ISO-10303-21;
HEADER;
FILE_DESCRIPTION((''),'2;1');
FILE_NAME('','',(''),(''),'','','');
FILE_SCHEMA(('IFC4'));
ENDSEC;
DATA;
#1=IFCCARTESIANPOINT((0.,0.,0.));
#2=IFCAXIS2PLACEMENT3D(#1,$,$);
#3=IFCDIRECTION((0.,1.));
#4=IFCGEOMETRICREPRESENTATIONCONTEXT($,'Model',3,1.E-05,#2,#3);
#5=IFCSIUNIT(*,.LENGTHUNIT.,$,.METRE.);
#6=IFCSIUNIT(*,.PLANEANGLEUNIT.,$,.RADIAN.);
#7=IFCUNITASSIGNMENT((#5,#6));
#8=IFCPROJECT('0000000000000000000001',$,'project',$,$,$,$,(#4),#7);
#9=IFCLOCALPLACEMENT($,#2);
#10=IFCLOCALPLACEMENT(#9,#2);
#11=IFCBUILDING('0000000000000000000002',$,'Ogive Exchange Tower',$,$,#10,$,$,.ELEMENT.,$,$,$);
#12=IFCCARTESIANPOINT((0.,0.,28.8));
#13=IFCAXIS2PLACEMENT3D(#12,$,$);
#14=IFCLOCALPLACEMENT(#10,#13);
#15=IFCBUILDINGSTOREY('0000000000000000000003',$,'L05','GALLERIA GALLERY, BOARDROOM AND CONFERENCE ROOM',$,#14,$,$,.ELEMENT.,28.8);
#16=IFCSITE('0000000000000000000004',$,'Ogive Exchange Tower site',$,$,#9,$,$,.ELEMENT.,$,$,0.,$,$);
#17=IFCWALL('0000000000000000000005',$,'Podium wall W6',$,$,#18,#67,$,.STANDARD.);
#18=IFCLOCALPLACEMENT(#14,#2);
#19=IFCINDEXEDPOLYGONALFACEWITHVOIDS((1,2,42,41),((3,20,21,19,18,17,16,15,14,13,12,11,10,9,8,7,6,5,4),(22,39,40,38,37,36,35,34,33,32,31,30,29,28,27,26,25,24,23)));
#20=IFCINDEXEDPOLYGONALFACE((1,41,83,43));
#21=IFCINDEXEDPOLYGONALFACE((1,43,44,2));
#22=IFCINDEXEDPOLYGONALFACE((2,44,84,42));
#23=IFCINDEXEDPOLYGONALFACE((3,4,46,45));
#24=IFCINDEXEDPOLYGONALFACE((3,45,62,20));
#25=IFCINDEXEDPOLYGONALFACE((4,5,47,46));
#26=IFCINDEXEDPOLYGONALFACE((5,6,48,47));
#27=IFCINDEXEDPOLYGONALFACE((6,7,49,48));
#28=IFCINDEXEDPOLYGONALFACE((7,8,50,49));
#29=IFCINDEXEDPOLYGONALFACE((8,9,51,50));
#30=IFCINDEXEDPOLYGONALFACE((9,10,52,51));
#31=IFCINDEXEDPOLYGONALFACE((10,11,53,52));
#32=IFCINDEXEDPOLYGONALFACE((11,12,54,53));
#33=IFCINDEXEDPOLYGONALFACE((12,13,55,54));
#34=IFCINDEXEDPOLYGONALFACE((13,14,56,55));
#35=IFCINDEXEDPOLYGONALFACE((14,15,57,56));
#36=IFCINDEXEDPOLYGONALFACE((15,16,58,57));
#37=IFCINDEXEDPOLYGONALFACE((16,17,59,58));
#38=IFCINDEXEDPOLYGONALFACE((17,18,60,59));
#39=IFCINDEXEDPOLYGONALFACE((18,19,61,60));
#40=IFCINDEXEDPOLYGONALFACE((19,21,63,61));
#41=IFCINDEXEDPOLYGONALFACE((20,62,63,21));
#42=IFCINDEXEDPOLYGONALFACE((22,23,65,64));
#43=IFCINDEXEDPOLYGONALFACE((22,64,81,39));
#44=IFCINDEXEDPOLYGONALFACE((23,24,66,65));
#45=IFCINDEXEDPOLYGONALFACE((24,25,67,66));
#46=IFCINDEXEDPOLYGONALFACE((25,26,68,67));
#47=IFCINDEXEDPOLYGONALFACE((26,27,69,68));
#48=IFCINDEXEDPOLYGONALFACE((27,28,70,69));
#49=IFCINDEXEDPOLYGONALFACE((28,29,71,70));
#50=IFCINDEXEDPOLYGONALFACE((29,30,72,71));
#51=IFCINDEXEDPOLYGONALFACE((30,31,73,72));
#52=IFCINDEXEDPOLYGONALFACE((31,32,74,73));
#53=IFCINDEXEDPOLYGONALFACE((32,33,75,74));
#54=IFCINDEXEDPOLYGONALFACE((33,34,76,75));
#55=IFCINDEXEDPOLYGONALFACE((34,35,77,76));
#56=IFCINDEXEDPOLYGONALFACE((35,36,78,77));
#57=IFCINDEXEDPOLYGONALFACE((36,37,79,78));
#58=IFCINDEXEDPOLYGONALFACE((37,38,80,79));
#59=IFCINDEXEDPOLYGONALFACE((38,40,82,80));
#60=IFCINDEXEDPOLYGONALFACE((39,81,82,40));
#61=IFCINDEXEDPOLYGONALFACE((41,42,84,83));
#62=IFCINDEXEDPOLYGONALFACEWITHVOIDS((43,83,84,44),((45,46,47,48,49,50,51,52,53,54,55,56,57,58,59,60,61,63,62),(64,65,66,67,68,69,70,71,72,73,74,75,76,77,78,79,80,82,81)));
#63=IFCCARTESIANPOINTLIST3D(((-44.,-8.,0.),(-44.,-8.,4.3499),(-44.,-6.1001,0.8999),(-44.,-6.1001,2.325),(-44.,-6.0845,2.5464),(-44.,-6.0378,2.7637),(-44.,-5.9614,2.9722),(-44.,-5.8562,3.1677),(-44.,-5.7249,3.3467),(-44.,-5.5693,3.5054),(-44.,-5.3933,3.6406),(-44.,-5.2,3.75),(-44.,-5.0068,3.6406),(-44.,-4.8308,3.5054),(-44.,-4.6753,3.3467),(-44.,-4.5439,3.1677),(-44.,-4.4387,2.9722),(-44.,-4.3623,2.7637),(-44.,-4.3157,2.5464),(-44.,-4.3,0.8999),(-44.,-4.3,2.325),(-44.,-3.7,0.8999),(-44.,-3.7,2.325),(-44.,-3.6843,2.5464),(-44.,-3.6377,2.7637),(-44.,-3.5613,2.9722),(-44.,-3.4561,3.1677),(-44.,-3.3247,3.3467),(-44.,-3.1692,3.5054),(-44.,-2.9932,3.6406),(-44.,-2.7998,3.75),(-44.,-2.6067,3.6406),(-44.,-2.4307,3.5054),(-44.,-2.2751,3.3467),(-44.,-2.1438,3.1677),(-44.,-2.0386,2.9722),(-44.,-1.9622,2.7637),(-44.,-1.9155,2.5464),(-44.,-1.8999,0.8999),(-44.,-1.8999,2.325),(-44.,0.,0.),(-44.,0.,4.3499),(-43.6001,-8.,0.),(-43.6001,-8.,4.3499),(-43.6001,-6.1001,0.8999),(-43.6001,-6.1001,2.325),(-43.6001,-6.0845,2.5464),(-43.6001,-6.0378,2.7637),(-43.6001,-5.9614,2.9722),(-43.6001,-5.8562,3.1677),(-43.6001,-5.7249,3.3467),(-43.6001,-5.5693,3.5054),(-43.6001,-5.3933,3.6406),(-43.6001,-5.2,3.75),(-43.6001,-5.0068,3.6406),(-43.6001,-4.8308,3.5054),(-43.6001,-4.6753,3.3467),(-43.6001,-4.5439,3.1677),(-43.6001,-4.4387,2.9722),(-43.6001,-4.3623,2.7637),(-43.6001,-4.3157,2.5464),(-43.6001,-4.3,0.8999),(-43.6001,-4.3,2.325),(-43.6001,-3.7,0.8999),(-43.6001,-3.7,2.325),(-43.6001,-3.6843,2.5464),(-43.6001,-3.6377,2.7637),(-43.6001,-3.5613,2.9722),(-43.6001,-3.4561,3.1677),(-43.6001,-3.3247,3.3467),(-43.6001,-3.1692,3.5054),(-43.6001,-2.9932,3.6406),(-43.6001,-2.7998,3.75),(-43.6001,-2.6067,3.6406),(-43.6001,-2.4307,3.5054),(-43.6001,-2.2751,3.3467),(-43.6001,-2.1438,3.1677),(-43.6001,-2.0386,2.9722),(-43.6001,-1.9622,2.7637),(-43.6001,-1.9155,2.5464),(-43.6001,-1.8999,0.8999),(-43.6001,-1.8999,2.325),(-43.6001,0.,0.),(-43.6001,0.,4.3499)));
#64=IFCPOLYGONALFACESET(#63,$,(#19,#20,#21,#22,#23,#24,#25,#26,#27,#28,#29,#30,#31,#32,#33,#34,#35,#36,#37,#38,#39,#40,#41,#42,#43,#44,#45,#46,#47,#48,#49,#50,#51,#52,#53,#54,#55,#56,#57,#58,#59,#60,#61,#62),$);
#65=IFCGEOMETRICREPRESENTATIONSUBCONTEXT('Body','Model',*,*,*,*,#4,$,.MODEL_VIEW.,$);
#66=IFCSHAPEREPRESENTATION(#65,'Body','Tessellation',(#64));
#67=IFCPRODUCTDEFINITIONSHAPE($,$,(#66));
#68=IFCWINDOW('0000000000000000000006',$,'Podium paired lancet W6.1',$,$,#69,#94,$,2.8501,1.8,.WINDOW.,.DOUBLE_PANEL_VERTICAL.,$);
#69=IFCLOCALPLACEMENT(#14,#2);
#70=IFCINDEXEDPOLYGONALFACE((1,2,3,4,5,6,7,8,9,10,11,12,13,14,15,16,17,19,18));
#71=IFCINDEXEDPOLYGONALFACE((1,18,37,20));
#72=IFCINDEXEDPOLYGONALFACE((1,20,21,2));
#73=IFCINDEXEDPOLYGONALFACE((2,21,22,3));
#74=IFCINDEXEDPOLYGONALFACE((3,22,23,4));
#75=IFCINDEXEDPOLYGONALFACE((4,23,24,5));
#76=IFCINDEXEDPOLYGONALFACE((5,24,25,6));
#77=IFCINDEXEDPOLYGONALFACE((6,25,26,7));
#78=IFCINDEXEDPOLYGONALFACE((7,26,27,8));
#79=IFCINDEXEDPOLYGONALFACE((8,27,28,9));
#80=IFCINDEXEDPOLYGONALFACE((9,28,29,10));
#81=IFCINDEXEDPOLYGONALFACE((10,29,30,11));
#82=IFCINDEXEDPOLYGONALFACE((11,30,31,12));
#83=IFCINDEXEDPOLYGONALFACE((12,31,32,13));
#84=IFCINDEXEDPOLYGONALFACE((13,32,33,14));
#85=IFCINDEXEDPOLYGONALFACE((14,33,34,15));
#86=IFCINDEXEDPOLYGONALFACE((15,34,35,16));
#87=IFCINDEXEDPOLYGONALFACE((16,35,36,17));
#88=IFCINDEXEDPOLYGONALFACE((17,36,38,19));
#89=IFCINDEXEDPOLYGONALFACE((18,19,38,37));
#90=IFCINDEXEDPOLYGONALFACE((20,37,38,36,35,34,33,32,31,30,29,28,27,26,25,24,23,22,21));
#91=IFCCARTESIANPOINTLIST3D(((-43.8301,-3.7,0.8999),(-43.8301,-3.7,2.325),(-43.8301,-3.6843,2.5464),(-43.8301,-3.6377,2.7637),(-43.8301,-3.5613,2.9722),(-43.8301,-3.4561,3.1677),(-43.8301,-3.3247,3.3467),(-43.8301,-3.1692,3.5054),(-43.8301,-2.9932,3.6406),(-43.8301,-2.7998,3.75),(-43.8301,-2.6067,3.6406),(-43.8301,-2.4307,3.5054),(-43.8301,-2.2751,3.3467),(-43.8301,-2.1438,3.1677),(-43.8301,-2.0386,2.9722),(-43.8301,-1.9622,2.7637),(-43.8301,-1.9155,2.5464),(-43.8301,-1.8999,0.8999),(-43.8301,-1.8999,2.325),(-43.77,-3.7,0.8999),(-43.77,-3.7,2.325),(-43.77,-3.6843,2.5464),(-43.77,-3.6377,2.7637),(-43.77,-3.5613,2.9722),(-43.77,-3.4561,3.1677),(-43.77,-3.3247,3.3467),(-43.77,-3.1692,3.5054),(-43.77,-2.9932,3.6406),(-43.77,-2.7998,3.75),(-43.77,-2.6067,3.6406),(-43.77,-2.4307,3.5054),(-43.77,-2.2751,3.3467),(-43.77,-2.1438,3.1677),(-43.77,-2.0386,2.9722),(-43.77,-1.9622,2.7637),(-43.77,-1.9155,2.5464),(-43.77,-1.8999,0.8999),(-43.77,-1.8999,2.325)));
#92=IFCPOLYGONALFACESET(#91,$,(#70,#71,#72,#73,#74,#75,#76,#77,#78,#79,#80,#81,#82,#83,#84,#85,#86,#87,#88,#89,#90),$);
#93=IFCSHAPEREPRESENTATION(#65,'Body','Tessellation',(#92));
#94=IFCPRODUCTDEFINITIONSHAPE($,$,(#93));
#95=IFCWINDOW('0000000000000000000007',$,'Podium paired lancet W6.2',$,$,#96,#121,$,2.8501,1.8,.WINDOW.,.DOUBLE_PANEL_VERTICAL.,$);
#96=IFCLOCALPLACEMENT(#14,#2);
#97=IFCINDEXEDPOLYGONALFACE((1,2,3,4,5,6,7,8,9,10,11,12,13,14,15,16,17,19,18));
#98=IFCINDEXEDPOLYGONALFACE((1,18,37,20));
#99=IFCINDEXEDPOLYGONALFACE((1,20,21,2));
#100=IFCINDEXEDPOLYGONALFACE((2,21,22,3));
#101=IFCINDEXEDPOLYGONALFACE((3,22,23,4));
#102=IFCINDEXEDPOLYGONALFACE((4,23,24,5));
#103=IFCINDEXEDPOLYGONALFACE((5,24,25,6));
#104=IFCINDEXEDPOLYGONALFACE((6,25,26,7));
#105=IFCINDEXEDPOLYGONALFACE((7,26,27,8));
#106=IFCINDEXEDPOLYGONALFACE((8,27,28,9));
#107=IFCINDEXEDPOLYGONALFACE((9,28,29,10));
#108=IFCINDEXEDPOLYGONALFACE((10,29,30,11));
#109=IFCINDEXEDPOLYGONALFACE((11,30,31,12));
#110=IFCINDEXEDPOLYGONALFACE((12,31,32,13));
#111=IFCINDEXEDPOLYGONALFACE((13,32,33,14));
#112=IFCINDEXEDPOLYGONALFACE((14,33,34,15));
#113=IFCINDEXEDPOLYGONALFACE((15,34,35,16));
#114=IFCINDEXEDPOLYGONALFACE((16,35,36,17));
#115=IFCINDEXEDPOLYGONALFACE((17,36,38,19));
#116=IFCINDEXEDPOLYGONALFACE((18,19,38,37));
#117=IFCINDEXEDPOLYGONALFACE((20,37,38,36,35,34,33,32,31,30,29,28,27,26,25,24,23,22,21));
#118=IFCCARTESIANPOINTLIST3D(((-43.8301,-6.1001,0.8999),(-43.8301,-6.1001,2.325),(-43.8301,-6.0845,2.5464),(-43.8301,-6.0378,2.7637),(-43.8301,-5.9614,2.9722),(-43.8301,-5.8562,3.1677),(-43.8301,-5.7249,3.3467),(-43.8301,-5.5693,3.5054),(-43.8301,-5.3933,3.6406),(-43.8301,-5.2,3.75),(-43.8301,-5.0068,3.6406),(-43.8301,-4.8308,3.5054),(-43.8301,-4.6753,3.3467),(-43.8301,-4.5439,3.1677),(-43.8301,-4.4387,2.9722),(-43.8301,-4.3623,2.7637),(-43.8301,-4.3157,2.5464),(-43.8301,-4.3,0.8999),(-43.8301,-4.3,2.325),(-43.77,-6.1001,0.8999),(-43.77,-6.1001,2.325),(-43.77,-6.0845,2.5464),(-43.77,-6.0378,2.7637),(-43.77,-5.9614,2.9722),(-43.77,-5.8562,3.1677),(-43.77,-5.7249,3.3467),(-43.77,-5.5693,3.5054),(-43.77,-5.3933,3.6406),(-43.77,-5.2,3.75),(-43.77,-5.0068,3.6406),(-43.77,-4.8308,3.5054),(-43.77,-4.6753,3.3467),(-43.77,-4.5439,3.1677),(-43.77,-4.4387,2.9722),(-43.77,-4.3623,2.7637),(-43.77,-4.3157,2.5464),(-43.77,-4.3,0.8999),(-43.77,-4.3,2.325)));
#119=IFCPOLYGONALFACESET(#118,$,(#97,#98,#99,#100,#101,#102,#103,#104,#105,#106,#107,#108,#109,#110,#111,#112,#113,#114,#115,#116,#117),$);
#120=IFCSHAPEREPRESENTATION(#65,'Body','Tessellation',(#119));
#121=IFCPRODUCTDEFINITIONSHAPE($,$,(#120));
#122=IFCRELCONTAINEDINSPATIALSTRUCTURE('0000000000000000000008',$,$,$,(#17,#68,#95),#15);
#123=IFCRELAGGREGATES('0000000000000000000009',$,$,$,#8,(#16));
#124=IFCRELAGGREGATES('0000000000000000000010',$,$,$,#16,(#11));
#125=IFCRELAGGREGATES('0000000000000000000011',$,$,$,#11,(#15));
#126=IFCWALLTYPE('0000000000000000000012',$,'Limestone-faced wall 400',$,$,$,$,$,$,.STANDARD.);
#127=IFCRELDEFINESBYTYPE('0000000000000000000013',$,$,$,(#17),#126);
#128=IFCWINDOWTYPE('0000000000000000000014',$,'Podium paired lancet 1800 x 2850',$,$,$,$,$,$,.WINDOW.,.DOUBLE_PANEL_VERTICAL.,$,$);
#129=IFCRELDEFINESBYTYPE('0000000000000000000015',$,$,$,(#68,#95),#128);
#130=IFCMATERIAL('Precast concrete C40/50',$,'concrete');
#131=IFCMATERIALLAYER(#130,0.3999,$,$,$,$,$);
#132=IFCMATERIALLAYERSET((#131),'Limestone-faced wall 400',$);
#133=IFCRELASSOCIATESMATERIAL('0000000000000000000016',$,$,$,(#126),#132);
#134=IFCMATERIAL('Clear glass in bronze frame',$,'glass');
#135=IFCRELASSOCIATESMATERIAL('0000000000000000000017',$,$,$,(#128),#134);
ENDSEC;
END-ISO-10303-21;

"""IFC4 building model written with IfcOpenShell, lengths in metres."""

from ifc_helpers import new_model, si_unit, direction, frame, frame_2d, origin, place, context, subcontext, project, spatial, polyline, rectangle, outline, extrude, material, layer, layer_set, type_object, element, fill, save


model = new_model("IFC4")

# Units and contexts
model_context = context("Model", 3, precision=1e-05, world=origin(), true_north=direction((0.0, 1.0)))
body_context = subcontext(model_context, "Body", "Model", "MODEL_VIEW")
ifc_project = project(units=[si_unit("LENGTHUNIT", "METRE"), si_unit("PLANEANGLEUNIT", "RADIAN")], contexts=[model_context])

# Site, building, storey
site_placement = place(None, origin())
site = spatial("IfcSite", under=ifc_project, at=site_placement, Name="Ogive Exchange Tower site", CompositionType="ELEMENT", RefElevation=0.0)
building_placement = place(site_placement, origin())
building = spatial("IfcBuilding", under=site, at=building_placement, Name="Ogive Exchange Tower", CompositionType="ELEMENT")
storey_placement = place(building_placement, frame((0.0, 0.0, 28.8)))
storey = spatial("IfcBuildingStorey", under=building, at=storey_placement, Name="L05", Description="GALLERIA GALLERY, BOARDROOM AND CONFERENCE ROOM", CompositionType="ELEMENT", Elevation=28.8)

# Wall, openings, windows
ifc_material_1 = material(Name="Precast concrete C40/50", Category="concrete")
ifc_layer_1 = layer(ifc_material_1, 0.3999)
ifc_layer_set_1 = layer_set([ifc_layer_1], Name="Limestone-faced wall 400")
wall_type_1 = type_object("IfcWallType", Name="Limestone-faced wall 400", PredefinedType="STANDARD", material=ifc_layer_set_1)
wall_1_placement = place(storey_placement, frame((-43.8, 0.0, 0.0), z_axis=(0.0, 0.0, 1.0), x_axis=(0.0, -1.0, 0.0)))
wall_1 = element("IfcWall", 1, at=wall_1_placement, inside=storey, type_object=wall_type_1, Name="Podium wall W6", PredefinedType="STANDARD", context=body_context, shape_type="SweptSolid", body=[
    extrude(rectangle(XDim=8.0, YDim=0.3999, at=frame_2d((4.0, 0.0))), origin(), (0.0, 0.0, 1.0), 4.3499),
])
opening_1_placement = place(wall_1_placement, frame((1.8999, 0.0, 0.8999)))
opening_1 = element("IfcOpeningElement", 2, at=opening_1_placement, cuts=wall_1, PredefinedType="OPENING", context=body_context, shape_type="SweptSolid", body=[
    extrude(outline(polyline([(0.0, 0.0), (1.8, 0.0), (1.8, 1.425), (1.7844, 1.6465), (1.7378, 1.8638), (1.6614, 2.0723), (1.5562, 2.2678), (1.4248, 2.4468), (1.2693, 2.6055), (1.0933, 2.7407), (0.8999, 2.8501), (0.7068, 2.7407), (0.5308, 2.6055), (0.3752, 2.4468), (0.2439, 2.2678), (0.1387, 2.0723), (0.0623, 1.8638), (0.0156, 1.6465), (0.0, 1.425), (0.0, 0.0)])), frame((0.0, 0.21, 0.0), z_axis=(0.0, -1.0, 0.0), x_axis=(1.0, 0.0, 0.0)), (0.0, 0.0, 1.0), 0.4199),
])
opening_2_placement = place(wall_1_placement, frame((4.3, 0.0, 0.8999)))
opening_2 = element("IfcOpeningElement", 3, at=opening_2_placement, cuts=wall_1, PredefinedType="OPENING", context=body_context, shape_type="SweptSolid", body=[
    extrude(outline(polyline([(0.0, 0.0), (1.8, 0.0), (1.8, 1.425), (1.7844, 1.6465), (1.7378, 1.8638), (1.6614, 2.0723), (1.5562, 2.2678), (1.4248, 2.4468), (1.2693, 2.6055), (1.0933, 2.7407), (0.8999, 2.8501), (0.7068, 2.7407), (0.5308, 2.6055), (0.3752, 2.4468), (0.2439, 2.2678), (0.1387, 2.0723), (0.0623, 1.8638), (0.0156, 1.6465), (0.0, 1.425), (0.0, 0.0)])), frame((0.0, 0.21, 0.0), z_axis=(0.0, -1.0, 0.0), x_axis=(1.0, 0.0, 0.0)), (0.0, 0.0, 1.0), 0.4199),
])
ifc_material_2 = material(Name="Clear glass in bronze frame", Category="glass")
window_type_1 = type_object("IfcWindowType", Name="Podium paired lancet 1800 x 2850", PartitioningType="DOUBLE_PANEL_VERTICAL", PredefinedType="WINDOW", material=ifc_material_2)
window_1_placement = place(opening_1_placement, origin())
window_1 = element("IfcWindow", 4, at=window_1_placement, inside=storey, type_object=window_type_1, Name="Podium paired lancet W6.1", OverallHeight=2.8501, OverallWidth=1.8, PartitioningType="DOUBLE_PANEL_VERTICAL", PredefinedType="WINDOW", context=body_context, shape_type="SweptSolid", body=[
    extrude(outline(polyline([(0.0, 0.0), (1.8, 0.0), (1.8, 1.425), (1.7844, 1.6465), (1.7378, 1.8638), (1.6614, 2.0723), (1.5562, 2.2678), (1.4248, 2.4468), (1.2693, 2.6055), (1.0933, 2.7407), (0.8999, 2.8501), (0.7068, 2.7407), (0.5308, 2.6055), (0.3752, 2.4468), (0.2439, 2.2678), (0.1387, 2.0723), (0.0623, 1.8638), (0.0156, 1.6465), (0.0, 1.425), (0.0, 0.0)])), frame((0.0, 0.03, 0.0), z_axis=(0.0, -1.0, 0.0), x_axis=(1.0, 0.0, 0.0)), (0.0, 0.0, 1.0), 0.0601),
])
fill(opening_1, window_1)
window_2_placement = place(opening_2_placement, origin())
window_2 = element("IfcWindow", 5, at=window_2_placement, inside=storey, type_object=window_type_1, Name="Podium paired lancet W6.2", OverallHeight=2.8501, OverallWidth=1.8, PartitioningType="DOUBLE_PANEL_VERTICAL", PredefinedType="WINDOW", context=body_context, shape_type="SweptSolid", body=[
    extrude(outline(polyline([(0.0, 0.0), (1.8, 0.0), (1.8, 1.425), (1.7844, 1.6465), (1.7378, 1.8638), (1.6614, 2.0723), (1.5562, 2.2678), (1.4248, 2.4468), (1.2693, 2.6055), (1.0933, 2.7407), (0.8999, 2.8501), (0.7068, 2.7407), (0.5308, 2.6055), (0.3752, 2.4468), (0.2439, 2.2678), (0.1387, 2.0723), (0.0623, 1.8638), (0.0156, 1.6465), (0.0, 1.425), (0.0, 0.0)])), frame((0.0, 0.03, 0.0), z_axis=(0.0, -1.0, 0.0), x_axis=(1.0, 0.0, 0.0)), (0.0, 0.0, 1.0), 0.0601),
])
fill(opening_2, window_2)

save(model, "model.ifc")
